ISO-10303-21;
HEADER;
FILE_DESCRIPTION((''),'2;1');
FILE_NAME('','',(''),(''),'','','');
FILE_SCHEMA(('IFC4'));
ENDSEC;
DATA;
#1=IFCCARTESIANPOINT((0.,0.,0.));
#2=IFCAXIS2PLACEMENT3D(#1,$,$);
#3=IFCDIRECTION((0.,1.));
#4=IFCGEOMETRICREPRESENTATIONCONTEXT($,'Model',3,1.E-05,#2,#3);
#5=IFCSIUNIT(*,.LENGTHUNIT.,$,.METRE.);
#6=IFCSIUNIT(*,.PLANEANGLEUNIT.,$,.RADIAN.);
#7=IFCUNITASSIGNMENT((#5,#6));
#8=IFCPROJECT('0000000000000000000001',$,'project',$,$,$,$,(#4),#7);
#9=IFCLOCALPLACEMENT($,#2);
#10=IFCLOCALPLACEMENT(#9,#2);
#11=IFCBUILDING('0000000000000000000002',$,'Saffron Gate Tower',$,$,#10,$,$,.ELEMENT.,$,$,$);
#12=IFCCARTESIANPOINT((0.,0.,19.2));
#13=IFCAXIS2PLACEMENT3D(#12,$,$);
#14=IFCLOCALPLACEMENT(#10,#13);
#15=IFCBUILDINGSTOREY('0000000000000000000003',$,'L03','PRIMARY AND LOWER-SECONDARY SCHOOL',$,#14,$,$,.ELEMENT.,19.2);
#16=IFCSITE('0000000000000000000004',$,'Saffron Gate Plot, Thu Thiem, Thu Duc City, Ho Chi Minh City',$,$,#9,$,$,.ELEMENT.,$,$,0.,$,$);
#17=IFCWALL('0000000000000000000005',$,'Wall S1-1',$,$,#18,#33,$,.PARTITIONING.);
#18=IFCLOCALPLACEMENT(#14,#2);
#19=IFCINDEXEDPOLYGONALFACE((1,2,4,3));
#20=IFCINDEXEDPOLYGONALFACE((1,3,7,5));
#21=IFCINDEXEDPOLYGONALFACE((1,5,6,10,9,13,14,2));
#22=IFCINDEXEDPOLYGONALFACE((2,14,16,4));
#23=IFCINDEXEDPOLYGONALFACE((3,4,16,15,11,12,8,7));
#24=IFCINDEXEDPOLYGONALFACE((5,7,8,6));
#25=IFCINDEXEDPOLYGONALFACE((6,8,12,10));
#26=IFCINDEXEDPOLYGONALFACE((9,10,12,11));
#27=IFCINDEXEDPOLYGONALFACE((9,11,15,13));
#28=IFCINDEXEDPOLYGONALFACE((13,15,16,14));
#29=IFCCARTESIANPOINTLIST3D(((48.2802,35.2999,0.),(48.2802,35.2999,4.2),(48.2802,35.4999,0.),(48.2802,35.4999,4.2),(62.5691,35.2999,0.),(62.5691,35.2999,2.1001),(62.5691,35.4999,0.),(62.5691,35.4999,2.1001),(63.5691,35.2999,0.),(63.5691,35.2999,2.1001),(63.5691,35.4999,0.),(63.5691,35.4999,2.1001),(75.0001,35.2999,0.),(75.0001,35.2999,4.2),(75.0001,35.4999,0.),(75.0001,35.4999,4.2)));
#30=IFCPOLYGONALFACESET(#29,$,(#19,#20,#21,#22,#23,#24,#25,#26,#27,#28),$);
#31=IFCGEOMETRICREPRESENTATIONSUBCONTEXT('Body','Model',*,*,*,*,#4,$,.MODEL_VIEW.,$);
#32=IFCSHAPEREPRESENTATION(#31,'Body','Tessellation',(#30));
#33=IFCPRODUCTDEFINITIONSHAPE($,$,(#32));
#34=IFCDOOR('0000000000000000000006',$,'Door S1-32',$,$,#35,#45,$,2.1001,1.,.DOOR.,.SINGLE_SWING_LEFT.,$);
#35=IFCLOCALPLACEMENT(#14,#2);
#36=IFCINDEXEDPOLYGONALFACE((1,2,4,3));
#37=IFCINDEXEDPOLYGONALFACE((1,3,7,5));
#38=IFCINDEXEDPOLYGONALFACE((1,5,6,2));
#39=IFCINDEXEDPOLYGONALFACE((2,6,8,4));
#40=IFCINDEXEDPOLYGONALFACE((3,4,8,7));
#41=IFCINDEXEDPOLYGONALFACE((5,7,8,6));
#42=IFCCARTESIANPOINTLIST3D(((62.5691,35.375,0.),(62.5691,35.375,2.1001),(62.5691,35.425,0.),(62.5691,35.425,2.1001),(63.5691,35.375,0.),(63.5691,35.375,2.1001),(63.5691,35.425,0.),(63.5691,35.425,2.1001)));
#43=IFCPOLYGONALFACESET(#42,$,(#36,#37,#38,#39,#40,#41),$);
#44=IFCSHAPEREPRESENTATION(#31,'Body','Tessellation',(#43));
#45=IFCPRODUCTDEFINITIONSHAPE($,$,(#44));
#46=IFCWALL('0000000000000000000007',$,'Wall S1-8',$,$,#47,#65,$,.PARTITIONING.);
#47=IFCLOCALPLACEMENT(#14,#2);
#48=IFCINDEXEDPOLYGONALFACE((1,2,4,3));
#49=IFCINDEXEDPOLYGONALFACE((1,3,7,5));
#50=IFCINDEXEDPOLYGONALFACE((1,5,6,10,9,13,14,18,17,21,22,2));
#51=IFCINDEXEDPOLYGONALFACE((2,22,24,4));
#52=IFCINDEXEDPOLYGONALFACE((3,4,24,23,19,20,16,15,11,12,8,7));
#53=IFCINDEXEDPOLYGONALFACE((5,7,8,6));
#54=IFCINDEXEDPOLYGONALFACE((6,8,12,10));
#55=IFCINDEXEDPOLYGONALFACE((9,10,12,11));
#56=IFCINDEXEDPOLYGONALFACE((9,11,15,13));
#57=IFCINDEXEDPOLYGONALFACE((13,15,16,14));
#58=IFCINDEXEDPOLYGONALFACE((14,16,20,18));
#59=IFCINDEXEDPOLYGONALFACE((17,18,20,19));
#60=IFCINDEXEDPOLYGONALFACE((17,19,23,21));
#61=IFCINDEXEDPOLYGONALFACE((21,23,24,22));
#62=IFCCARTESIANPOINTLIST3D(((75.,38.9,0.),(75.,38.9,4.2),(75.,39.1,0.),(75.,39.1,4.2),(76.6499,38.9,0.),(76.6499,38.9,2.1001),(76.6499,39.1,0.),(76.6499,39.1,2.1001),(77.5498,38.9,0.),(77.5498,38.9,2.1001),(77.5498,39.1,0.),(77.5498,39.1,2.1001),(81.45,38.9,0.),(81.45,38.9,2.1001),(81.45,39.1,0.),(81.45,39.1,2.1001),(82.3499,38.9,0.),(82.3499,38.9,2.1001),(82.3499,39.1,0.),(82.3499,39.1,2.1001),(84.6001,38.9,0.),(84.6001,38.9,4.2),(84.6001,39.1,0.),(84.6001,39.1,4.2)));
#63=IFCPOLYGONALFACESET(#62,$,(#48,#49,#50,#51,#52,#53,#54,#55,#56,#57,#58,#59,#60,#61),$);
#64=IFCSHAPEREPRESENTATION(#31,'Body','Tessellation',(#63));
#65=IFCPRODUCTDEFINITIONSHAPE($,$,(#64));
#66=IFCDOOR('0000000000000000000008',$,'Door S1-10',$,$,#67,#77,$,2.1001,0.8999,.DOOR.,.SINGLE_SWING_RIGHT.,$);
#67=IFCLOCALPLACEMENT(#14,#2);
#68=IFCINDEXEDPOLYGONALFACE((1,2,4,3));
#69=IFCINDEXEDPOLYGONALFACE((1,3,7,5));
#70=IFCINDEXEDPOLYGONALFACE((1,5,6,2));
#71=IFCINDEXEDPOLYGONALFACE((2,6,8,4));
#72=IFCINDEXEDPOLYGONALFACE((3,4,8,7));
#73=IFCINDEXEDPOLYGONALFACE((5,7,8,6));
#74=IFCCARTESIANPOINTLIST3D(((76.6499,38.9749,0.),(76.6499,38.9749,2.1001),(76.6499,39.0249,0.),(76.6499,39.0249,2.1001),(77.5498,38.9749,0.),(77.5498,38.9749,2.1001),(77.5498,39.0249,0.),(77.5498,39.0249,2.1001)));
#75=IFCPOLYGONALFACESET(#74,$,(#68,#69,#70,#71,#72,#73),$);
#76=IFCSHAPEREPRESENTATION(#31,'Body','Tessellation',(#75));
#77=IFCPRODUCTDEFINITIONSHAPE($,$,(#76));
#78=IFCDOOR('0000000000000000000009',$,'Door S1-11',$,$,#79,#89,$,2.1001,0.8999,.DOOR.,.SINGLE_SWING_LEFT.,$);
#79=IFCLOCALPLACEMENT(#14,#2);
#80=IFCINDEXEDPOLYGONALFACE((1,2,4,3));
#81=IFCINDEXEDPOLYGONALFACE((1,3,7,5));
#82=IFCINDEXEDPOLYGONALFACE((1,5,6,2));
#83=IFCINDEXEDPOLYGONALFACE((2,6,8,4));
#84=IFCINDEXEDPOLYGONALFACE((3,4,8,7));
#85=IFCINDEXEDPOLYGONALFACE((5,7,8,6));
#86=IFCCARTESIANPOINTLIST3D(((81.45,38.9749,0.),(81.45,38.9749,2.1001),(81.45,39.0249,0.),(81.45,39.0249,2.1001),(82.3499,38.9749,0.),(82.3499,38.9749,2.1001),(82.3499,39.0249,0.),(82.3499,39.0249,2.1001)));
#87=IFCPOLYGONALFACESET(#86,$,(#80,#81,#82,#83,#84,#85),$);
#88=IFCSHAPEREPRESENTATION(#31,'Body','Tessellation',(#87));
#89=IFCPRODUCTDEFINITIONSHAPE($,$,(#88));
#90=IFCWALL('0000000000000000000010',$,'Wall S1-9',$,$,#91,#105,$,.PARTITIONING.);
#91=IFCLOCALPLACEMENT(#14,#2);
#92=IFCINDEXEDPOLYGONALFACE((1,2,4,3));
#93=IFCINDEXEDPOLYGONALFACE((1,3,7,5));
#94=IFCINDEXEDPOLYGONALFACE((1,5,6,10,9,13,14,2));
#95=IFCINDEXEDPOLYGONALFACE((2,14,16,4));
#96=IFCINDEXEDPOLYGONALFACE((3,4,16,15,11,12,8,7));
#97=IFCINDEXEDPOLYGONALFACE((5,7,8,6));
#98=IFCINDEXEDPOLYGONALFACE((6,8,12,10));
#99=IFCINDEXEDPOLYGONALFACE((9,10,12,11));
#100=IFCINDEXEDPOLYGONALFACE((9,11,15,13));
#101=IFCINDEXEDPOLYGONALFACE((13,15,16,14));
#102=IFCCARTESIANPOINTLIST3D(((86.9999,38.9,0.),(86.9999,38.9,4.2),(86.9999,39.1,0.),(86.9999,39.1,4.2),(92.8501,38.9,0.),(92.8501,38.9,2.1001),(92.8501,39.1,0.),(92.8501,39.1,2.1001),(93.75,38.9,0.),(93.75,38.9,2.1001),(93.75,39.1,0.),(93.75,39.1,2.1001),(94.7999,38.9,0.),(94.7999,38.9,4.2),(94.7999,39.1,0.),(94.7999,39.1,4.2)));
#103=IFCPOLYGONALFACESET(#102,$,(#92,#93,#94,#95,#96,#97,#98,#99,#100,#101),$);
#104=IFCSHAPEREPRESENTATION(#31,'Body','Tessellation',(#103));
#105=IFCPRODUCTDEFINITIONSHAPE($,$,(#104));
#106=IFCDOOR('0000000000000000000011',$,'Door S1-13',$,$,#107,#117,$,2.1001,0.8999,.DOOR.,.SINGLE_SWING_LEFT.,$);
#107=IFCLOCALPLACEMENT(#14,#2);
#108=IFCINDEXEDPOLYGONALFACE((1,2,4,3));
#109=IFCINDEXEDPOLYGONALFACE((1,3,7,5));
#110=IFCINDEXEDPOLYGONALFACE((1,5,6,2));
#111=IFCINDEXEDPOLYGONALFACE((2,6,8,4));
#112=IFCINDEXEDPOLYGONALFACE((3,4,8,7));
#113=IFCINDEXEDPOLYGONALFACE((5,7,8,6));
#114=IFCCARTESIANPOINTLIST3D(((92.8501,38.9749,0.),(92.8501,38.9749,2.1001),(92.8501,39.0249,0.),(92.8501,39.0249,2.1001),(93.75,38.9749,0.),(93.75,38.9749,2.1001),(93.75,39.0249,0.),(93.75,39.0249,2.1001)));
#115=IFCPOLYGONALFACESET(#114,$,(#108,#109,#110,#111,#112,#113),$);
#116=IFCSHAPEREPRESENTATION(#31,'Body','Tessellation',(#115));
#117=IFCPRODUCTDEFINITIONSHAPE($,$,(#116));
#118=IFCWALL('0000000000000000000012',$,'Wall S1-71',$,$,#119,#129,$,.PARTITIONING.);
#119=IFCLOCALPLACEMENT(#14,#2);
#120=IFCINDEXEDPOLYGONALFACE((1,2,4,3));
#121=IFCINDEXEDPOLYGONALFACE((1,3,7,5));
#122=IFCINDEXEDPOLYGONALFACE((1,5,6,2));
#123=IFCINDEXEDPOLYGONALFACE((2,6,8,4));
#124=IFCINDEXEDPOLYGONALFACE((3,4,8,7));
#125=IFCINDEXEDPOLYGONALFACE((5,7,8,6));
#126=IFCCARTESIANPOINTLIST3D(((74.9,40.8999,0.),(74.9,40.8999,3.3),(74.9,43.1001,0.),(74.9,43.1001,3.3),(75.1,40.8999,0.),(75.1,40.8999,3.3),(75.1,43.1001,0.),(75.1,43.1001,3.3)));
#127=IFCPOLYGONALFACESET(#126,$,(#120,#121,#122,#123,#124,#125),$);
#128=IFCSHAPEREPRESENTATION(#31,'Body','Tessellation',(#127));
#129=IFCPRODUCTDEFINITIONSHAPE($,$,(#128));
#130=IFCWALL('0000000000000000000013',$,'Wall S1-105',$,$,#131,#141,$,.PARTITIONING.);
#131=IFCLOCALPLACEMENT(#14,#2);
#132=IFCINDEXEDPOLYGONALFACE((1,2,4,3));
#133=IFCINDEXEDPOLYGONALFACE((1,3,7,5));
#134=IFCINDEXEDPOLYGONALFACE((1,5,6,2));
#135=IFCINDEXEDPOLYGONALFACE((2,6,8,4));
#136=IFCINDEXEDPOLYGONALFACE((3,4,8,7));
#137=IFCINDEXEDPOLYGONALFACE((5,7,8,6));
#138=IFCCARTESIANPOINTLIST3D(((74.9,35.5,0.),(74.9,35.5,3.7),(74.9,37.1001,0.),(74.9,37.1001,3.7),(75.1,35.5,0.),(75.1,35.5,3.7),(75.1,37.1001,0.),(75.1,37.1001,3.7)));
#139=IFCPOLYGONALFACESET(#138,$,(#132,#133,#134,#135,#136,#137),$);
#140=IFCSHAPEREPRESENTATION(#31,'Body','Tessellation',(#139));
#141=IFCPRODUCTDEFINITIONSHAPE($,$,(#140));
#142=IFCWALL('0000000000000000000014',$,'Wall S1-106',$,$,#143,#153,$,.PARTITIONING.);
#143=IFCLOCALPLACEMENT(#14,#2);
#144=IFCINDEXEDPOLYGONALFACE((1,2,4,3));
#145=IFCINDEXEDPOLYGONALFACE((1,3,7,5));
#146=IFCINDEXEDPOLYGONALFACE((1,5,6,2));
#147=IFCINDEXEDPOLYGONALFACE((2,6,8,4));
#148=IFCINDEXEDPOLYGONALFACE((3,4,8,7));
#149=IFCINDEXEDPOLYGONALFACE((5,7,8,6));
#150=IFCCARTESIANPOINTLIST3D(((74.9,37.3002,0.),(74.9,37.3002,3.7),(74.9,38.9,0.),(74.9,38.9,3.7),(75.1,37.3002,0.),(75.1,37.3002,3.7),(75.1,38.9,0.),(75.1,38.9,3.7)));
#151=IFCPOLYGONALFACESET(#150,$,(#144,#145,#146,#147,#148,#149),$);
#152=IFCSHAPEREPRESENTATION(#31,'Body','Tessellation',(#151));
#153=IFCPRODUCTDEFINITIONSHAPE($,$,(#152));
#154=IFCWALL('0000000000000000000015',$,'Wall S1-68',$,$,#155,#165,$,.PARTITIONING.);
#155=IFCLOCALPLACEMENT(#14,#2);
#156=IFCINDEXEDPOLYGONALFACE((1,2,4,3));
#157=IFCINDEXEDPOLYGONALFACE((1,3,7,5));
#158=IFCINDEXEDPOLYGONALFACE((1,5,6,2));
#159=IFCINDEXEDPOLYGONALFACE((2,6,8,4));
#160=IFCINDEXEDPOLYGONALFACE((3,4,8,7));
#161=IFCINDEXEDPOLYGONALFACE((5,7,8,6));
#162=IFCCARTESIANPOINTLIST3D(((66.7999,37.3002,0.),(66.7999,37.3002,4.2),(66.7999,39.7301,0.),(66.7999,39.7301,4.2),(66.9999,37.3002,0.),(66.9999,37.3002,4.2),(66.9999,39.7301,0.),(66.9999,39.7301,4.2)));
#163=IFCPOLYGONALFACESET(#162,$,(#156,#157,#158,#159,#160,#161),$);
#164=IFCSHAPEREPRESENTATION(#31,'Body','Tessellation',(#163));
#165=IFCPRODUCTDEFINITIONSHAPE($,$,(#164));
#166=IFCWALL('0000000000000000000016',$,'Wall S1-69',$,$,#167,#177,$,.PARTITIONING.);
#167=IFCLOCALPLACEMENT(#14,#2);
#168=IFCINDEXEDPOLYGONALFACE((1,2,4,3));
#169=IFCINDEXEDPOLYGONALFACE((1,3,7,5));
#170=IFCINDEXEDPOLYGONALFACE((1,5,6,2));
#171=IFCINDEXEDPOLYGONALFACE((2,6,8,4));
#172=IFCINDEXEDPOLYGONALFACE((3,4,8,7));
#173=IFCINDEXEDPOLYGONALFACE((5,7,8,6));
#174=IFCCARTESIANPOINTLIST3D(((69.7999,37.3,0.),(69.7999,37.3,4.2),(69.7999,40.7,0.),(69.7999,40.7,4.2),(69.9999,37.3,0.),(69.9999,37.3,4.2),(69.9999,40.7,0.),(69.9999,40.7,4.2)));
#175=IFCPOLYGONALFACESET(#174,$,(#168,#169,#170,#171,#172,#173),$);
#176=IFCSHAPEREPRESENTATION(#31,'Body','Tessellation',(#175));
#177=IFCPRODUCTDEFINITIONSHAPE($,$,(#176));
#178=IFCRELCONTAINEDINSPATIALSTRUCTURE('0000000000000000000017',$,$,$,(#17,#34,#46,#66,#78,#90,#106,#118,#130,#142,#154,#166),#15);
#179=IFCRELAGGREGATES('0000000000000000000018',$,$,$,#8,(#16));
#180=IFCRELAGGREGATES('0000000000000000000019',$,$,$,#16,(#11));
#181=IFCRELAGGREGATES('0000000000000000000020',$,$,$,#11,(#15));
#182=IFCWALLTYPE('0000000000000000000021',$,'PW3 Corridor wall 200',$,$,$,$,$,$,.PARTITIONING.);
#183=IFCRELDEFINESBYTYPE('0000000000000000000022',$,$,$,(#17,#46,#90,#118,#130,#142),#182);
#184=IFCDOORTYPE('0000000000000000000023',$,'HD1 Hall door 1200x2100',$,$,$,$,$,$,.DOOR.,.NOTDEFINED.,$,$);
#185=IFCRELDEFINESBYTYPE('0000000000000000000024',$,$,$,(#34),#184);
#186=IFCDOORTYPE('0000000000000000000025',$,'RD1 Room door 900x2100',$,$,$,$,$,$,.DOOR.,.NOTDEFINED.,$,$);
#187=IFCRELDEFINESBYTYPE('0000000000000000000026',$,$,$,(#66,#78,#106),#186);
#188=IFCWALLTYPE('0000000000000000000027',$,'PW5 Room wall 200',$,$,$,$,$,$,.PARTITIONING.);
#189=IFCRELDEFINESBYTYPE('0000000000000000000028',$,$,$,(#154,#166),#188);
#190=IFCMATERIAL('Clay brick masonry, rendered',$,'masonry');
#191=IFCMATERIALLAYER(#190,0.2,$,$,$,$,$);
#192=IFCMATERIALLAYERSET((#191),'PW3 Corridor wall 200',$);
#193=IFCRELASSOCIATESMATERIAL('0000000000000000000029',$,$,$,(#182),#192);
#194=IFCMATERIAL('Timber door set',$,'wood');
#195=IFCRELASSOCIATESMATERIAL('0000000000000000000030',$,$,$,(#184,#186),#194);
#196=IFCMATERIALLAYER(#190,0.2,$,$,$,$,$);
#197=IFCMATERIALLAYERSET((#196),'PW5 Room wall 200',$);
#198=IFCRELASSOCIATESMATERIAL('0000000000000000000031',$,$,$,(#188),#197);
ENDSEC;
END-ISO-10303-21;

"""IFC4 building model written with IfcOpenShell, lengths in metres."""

from ifc_helpers import new_model, si_unit, direction, frame, frame_2d, origin, place, context, subcontext, project, spatial, rectangle, extrude, material, layer, layer_set, type_object, element, fill, save


model = new_model("IFC4")

# Units and contexts
model_context = context("Model", 3, precision=1e-05, world=origin(), true_north=direction((0.0, 1.0)))
body_context = subcontext(model_context, "Body", "Model", "MODEL_VIEW")
ifc_project = project(units=[si_unit("LENGTHUNIT", "METRE"), si_unit("PLANEANGLEUNIT", "RADIAN")], contexts=[model_context])

# Site, building, storey
site_placement = place(None, origin())
site = spatial("IfcSite", under=ifc_project, at=site_placement, Name="Saffron Gate Plot, Thu Thiem, Thu Duc City, Ho Chi Minh City", CompositionType="ELEMENT", RefElevation=0.0)
building_placement = place(site_placement, origin())
building = spatial("IfcBuilding", under=site, at=building_placement, Name="Saffron Gate Tower", CompositionType="ELEMENT")
storey_placement = place(building_placement, frame((0.0, 0.0, 19.2)))
storey = spatial("IfcBuildingStorey", under=building, at=storey_placement, Name="L03", Description="PRIMARY AND LOWER-SECONDARY SCHOOL", CompositionType="ELEMENT", Elevation=19.2)

# Wall, opening, door
ifc_material_1 = material(Name="Clay brick masonry, rendered", Category="masonry")
ifc_layer_1 = layer(ifc_material_1, 0.2)
ifc_layer_set_1 = layer_set([ifc_layer_1], Name="PW3 Corridor wall 200")
wall_type_1 = type_object("IfcWallType", Name="PW3 Corridor wall 200", PredefinedType="PARTITIONING", material=ifc_layer_set_1)
wall_1_placement = place(storey_placement, frame((75.0, 35.3999, 0.0), z_axis=(0.0, 0.0, 1.0), x_axis=(-1.0, 0.0, 0.0)))
wall_1 = element("IfcWall", 1, at=wall_1_placement, inside=storey, type_object=wall_type_1, Name="Wall S1-1", PredefinedType="PARTITIONING", context=body_context, shape_type="SweptSolid", body=[
    extrude(rectangle(XDim=26.72, YDim=0.2, at=frame_2d((13.3599, 0.0))), origin(), (0.0, 0.0, 1.0), 4.2),
])
opening_1_placement = place(wall_1_placement, frame((11.4309, 0.0, 0.0)))
opening_1 = element("IfcOpeningElement", 2, at=opening_1_placement, cuts=wall_1, PredefinedType="OPENING", context=body_context, shape_type="SweptSolid", body=[
    extrude(rectangle(XDim=1.0, YDim=2.1001, at=frame_2d((0.5, 1.05))), frame((0.0, 0.1099, 0.0), z_axis=(0.0, -1.0, 0.0), x_axis=(1.0, 0.0, 0.0)), (0.0, 0.0, 1.0), 0.22),
])
ifc_material_2 = material(Name="Timber door set", Category="wood")
door_type_1 = type_object("IfcDoorType", Name="HD1 Hall door 1200x2100", OperationType="NOTDEFINED", PredefinedType="DOOR", material=ifc_material_2)
door_1_placement = place(opening_1_placement, origin())
door_1 = element("IfcDoor", 3, at=door_1_placement, inside=storey, type_object=door_type_1, Name="Door S1-32", OperationType="SINGLE_SWING_LEFT", OverallHeight=2.1001, OverallWidth=1.0, PredefinedType="DOOR", context=body_context, shape_type="SweptSolid", body=[
    extrude(rectangle(XDim=1.0, YDim=2.1001, at=frame_2d((0.5, 1.05))), frame((0.0, 0.0249, 0.0), z_axis=(0.0, -1.0, 0.0), x_axis=(1.0, 0.0, 0.0)), (0.0, 0.0, 1.0), 0.05),
])
fill(opening_1, door_1)

# Wall, openings, doors
wall_2_placement = place(storey_placement, frame((75.0, 39.0, 0.0), z_axis=(0.0, 0.0, 1.0), x_axis=(1.0, 0.0, 0.0)))
wall_2 = element("IfcWall", 4, at=wall_2_placement, inside=storey, type_object=wall_type_1, Name="Wall S1-8", PredefinedType="PARTITIONING", context=body_context, shape_type="SweptSolid", body=[
    extrude(rectangle(XDim=9.6001, YDim=0.2, at=frame_2d((4.8, 0.0))), origin(), (0.0, 0.0, 1.0), 4.2),
])
opening_2_placement = place(wall_2_placement, frame((1.6499, 0.0, 0.0)))
opening_2 = element("IfcOpeningElement", 5, at=opening_2_placement, cuts=wall_2, PredefinedType="OPENING", context=body_context, shape_type="SweptSolid", body=[
    extrude(rectangle(XDim=0.8999, YDim=2.1001, at=frame_2d((0.45, 1.05))), frame((0.0, 0.1099, 0.0), z_axis=(0.0, -1.0, 0.0), x_axis=(1.0, 0.0, 0.0)), (0.0, 0.0, 1.0), 0.22),
])
opening_3_placement = place(wall_2_placement, frame((6.45, 0.0, 0.0)))
opening_3 = element("IfcOpeningElement", 6, at=opening_3_placement, cuts=wall_2, PredefinedType="OPENING", context=body_context, shape_type="SweptSolid", body=[
    extrude(rectangle(XDim=0.8999, YDim=2.1001, at=frame_2d((0.45, 1.05))), frame((0.0, 0.1099, 0.0), z_axis=(0.0, -1.0, 0.0), x_axis=(1.0, 0.0, 0.0)), (0.0, 0.0, 1.0), 0.22),
])
door_type_2 = type_object("IfcDoorType", Name="RD1 Room door 900x2100", OperationType="NOTDEFINED", PredefinedType="DOOR", material=ifc_material_2)
door_2_placement = place(opening_2_placement, origin())
door_2 = element("IfcDoor", 7, at=door_2_placement, inside=storey, type_object=door_type_2, Name="Door S1-10", OperationType="SINGLE_SWING_RIGHT", OverallHeight=2.1001, OverallWidth=0.8999, PredefinedType="DOOR", context=body_context, shape_type="SweptSolid", body=[
    extrude(rectangle(XDim=0.8999, YDim=2.1001, at=frame_2d((0.45, 1.05))), frame((0.0, 0.0249, 0.0), z_axis=(0.0, -1.0, 0.0), x_axis=(1.0, 0.0, 0.0)), (0.0, 0.0, 1.0), 0.05),
])
fill(opening_2, door_2)
door_3_placement = place(opening_3_placement, origin())
door_3 = element("IfcDoor", 8, at=door_3_placement, inside=storey, type_object=door_type_2, Name="Door S1-11", OperationType="SINGLE_SWING_LEFT", OverallHeight=2.1001, OverallWidth=0.8999, PredefinedType="DOOR", context=body_context, shape_type="SweptSolid", body=[
    extrude(rectangle(XDim=0.8999, YDim=2.1001, at=frame_2d((0.45, 1.05))), frame((0.0, 0.0249, 0.0), z_axis=(0.0, -1.0, 0.0), x_axis=(1.0, 0.0, 0.0)), (0.0, 0.0, 1.0), 0.05),
])
fill(opening_3, door_3)

# Wall, opening, door
wall_3_placement = place(storey_placement, frame((87.0, 39.0, 0.0), z_axis=(0.0, 0.0, 1.0), x_axis=(1.0, 0.0, 0.0)))
wall_3 = element("IfcWall", 9, at=wall_3_placement, inside=storey, type_object=wall_type_1, Name="Wall S1-9", PredefinedType="PARTITIONING", context=body_context, shape_type="SweptSolid", body=[
    extrude(rectangle(XDim=7.8, YDim=0.2, at=frame_2d((3.8999, 0.0))), origin(), (0.0, 0.0, 1.0), 4.2),
])
opening_4_placement = place(wall_3_placement, frame((5.8501, 0.0, 0.0)))
opening_4 = element("IfcOpeningElement", 10, at=opening_4_placement, cuts=wall_3, PredefinedType="OPENING", context=body_context, shape_type="SweptSolid", body=[
    extrude(rectangle(XDim=0.8999, YDim=2.1001, at=frame_2d((0.45, 1.05))), frame((0.0, 0.1099, 0.0), z_axis=(0.0, -1.0, 0.0), x_axis=(1.0, 0.0, 0.0)), (0.0, 0.0, 1.0), 0.22),
])
door_4_placement = place(opening_4_placement, origin())
door_4 = element("IfcDoor", 11, at=door_4_placement, inside=storey, type_object=door_type_2, Name="Door S1-13", OperationType="SINGLE_SWING_LEFT", OverallHeight=2.1001, OverallWidth=0.8999, PredefinedType="DOOR", context=body_context, shape_type="SweptSolid", body=[
    extrude(rectangle(XDim=0.8999, YDim=2.1001, at=frame_2d((0.45, 1.05))), frame((0.0, 0.0249, 0.0), z_axis=(0.0, -1.0, 0.0), x_axis=(1.0, 0.0, 0.0)), (0.0, 0.0, 1.0), 0.05),
])
fill(opening_4, door_4)

# Walls
wall_4_placement = place(storey_placement, frame((75.0, 43.1001, 0.0), z_axis=(0.0, 0.0, 1.0), x_axis=(0.0, -1.0, 0.0)))
element("IfcWall", 12, at=wall_4_placement, inside=storey, type_object=wall_type_1, Name="Wall S1-71", PredefinedType="PARTITIONING", context=body_context, shape_type="SweptSolid", body=[
    extrude(rectangle(XDim=2.2002, YDim=0.2, at=frame_2d((1.1001, 0.0))), origin(), (0.0, 0.0, 1.0), 3.3),
])
wall_5_placement = place(storey_placement, frame((75.0, 37.1001, 0.0), z_axis=(0.0, 0.0, 1.0), x_axis=(0.0, -1.0, 0.0)))
element("IfcWall", 13, at=wall_5_placement, inside=storey, type_object=wall_type_1, Name="Wall S1-105", PredefinedType="PARTITIONING", context=body_context, shape_type="SweptSolid", body=[
    extrude(rectangle(XDim=1.6001, YDim=0.2, at=frame_2d((0.8, 0.0))), origin(), (0.0, 0.0, 1.0), 3.7),
])
wall_6_placement = place(storey_placement, frame((75.0, 38.8999, 0.0), z_axis=(0.0, 0.0, 1.0), x_axis=(0.0, -1.0, 0.0)))
element("IfcWall", 14, at=wall_6_placement, inside=storey, type_object=wall_type_1, Name="Wall S1-106", PredefinedType="PARTITIONING", context=body_context, shape_type="SweptSolid", body=[
    extrude(rectangle(XDim=1.5999, YDim=0.2, at=frame_2d((0.7998, 0.0))), origin(), (0.0, 0.0, 1.0), 3.7),
])
ifc_layer_2 = layer(ifc_material_1, 0.2)
ifc_layer_set_2 = layer_set([ifc_layer_2], Name="PW5 Room wall 200")
wall_type_2 = type_object("IfcWallType", Name="PW5 Room wall 200", PredefinedType="PARTITIONING", material=ifc_layer_set_2)
wall_7_placement = place(storey_placement, frame((66.8999, 39.73, 0.0), z_axis=(0.0, 0.0, 1.0), x_axis=(0.0, -1.0, 0.0)))
element("IfcWall", 15, at=wall_7_placement, inside=storey, type_object=wall_type_2, Name="Wall S1-68", PredefinedType="PARTITIONING", context=body_context, shape_type="SweptSolid", body=[
    extrude(rectangle(XDim=2.4299, YDim=0.2, at=frame_2d((1.2148, 0.0))), origin(), (0.0, 0.0, 1.0), 4.2),
])
wall_8_placement = place(storey_placement, frame((69.8999, 40.7, 0.0), z_axis=(0.0, 0.0, 1.0), x_axis=(0.0, -1.0, 0.0)))
element("IfcWall", 16, at=wall_8_placement, inside=storey, type_object=wall_type_2, Name="Wall S1-69", PredefinedType="PARTITIONING", context=body_context, shape_type="SweptSolid", body=[
    extrude(rectangle(XDim=3.3999, YDim=0.2, at=frame_2d((1.7, 0.0))), origin(), (0.0, 0.0, 1.0), 4.2),
])

save(model, "model.ifc")
